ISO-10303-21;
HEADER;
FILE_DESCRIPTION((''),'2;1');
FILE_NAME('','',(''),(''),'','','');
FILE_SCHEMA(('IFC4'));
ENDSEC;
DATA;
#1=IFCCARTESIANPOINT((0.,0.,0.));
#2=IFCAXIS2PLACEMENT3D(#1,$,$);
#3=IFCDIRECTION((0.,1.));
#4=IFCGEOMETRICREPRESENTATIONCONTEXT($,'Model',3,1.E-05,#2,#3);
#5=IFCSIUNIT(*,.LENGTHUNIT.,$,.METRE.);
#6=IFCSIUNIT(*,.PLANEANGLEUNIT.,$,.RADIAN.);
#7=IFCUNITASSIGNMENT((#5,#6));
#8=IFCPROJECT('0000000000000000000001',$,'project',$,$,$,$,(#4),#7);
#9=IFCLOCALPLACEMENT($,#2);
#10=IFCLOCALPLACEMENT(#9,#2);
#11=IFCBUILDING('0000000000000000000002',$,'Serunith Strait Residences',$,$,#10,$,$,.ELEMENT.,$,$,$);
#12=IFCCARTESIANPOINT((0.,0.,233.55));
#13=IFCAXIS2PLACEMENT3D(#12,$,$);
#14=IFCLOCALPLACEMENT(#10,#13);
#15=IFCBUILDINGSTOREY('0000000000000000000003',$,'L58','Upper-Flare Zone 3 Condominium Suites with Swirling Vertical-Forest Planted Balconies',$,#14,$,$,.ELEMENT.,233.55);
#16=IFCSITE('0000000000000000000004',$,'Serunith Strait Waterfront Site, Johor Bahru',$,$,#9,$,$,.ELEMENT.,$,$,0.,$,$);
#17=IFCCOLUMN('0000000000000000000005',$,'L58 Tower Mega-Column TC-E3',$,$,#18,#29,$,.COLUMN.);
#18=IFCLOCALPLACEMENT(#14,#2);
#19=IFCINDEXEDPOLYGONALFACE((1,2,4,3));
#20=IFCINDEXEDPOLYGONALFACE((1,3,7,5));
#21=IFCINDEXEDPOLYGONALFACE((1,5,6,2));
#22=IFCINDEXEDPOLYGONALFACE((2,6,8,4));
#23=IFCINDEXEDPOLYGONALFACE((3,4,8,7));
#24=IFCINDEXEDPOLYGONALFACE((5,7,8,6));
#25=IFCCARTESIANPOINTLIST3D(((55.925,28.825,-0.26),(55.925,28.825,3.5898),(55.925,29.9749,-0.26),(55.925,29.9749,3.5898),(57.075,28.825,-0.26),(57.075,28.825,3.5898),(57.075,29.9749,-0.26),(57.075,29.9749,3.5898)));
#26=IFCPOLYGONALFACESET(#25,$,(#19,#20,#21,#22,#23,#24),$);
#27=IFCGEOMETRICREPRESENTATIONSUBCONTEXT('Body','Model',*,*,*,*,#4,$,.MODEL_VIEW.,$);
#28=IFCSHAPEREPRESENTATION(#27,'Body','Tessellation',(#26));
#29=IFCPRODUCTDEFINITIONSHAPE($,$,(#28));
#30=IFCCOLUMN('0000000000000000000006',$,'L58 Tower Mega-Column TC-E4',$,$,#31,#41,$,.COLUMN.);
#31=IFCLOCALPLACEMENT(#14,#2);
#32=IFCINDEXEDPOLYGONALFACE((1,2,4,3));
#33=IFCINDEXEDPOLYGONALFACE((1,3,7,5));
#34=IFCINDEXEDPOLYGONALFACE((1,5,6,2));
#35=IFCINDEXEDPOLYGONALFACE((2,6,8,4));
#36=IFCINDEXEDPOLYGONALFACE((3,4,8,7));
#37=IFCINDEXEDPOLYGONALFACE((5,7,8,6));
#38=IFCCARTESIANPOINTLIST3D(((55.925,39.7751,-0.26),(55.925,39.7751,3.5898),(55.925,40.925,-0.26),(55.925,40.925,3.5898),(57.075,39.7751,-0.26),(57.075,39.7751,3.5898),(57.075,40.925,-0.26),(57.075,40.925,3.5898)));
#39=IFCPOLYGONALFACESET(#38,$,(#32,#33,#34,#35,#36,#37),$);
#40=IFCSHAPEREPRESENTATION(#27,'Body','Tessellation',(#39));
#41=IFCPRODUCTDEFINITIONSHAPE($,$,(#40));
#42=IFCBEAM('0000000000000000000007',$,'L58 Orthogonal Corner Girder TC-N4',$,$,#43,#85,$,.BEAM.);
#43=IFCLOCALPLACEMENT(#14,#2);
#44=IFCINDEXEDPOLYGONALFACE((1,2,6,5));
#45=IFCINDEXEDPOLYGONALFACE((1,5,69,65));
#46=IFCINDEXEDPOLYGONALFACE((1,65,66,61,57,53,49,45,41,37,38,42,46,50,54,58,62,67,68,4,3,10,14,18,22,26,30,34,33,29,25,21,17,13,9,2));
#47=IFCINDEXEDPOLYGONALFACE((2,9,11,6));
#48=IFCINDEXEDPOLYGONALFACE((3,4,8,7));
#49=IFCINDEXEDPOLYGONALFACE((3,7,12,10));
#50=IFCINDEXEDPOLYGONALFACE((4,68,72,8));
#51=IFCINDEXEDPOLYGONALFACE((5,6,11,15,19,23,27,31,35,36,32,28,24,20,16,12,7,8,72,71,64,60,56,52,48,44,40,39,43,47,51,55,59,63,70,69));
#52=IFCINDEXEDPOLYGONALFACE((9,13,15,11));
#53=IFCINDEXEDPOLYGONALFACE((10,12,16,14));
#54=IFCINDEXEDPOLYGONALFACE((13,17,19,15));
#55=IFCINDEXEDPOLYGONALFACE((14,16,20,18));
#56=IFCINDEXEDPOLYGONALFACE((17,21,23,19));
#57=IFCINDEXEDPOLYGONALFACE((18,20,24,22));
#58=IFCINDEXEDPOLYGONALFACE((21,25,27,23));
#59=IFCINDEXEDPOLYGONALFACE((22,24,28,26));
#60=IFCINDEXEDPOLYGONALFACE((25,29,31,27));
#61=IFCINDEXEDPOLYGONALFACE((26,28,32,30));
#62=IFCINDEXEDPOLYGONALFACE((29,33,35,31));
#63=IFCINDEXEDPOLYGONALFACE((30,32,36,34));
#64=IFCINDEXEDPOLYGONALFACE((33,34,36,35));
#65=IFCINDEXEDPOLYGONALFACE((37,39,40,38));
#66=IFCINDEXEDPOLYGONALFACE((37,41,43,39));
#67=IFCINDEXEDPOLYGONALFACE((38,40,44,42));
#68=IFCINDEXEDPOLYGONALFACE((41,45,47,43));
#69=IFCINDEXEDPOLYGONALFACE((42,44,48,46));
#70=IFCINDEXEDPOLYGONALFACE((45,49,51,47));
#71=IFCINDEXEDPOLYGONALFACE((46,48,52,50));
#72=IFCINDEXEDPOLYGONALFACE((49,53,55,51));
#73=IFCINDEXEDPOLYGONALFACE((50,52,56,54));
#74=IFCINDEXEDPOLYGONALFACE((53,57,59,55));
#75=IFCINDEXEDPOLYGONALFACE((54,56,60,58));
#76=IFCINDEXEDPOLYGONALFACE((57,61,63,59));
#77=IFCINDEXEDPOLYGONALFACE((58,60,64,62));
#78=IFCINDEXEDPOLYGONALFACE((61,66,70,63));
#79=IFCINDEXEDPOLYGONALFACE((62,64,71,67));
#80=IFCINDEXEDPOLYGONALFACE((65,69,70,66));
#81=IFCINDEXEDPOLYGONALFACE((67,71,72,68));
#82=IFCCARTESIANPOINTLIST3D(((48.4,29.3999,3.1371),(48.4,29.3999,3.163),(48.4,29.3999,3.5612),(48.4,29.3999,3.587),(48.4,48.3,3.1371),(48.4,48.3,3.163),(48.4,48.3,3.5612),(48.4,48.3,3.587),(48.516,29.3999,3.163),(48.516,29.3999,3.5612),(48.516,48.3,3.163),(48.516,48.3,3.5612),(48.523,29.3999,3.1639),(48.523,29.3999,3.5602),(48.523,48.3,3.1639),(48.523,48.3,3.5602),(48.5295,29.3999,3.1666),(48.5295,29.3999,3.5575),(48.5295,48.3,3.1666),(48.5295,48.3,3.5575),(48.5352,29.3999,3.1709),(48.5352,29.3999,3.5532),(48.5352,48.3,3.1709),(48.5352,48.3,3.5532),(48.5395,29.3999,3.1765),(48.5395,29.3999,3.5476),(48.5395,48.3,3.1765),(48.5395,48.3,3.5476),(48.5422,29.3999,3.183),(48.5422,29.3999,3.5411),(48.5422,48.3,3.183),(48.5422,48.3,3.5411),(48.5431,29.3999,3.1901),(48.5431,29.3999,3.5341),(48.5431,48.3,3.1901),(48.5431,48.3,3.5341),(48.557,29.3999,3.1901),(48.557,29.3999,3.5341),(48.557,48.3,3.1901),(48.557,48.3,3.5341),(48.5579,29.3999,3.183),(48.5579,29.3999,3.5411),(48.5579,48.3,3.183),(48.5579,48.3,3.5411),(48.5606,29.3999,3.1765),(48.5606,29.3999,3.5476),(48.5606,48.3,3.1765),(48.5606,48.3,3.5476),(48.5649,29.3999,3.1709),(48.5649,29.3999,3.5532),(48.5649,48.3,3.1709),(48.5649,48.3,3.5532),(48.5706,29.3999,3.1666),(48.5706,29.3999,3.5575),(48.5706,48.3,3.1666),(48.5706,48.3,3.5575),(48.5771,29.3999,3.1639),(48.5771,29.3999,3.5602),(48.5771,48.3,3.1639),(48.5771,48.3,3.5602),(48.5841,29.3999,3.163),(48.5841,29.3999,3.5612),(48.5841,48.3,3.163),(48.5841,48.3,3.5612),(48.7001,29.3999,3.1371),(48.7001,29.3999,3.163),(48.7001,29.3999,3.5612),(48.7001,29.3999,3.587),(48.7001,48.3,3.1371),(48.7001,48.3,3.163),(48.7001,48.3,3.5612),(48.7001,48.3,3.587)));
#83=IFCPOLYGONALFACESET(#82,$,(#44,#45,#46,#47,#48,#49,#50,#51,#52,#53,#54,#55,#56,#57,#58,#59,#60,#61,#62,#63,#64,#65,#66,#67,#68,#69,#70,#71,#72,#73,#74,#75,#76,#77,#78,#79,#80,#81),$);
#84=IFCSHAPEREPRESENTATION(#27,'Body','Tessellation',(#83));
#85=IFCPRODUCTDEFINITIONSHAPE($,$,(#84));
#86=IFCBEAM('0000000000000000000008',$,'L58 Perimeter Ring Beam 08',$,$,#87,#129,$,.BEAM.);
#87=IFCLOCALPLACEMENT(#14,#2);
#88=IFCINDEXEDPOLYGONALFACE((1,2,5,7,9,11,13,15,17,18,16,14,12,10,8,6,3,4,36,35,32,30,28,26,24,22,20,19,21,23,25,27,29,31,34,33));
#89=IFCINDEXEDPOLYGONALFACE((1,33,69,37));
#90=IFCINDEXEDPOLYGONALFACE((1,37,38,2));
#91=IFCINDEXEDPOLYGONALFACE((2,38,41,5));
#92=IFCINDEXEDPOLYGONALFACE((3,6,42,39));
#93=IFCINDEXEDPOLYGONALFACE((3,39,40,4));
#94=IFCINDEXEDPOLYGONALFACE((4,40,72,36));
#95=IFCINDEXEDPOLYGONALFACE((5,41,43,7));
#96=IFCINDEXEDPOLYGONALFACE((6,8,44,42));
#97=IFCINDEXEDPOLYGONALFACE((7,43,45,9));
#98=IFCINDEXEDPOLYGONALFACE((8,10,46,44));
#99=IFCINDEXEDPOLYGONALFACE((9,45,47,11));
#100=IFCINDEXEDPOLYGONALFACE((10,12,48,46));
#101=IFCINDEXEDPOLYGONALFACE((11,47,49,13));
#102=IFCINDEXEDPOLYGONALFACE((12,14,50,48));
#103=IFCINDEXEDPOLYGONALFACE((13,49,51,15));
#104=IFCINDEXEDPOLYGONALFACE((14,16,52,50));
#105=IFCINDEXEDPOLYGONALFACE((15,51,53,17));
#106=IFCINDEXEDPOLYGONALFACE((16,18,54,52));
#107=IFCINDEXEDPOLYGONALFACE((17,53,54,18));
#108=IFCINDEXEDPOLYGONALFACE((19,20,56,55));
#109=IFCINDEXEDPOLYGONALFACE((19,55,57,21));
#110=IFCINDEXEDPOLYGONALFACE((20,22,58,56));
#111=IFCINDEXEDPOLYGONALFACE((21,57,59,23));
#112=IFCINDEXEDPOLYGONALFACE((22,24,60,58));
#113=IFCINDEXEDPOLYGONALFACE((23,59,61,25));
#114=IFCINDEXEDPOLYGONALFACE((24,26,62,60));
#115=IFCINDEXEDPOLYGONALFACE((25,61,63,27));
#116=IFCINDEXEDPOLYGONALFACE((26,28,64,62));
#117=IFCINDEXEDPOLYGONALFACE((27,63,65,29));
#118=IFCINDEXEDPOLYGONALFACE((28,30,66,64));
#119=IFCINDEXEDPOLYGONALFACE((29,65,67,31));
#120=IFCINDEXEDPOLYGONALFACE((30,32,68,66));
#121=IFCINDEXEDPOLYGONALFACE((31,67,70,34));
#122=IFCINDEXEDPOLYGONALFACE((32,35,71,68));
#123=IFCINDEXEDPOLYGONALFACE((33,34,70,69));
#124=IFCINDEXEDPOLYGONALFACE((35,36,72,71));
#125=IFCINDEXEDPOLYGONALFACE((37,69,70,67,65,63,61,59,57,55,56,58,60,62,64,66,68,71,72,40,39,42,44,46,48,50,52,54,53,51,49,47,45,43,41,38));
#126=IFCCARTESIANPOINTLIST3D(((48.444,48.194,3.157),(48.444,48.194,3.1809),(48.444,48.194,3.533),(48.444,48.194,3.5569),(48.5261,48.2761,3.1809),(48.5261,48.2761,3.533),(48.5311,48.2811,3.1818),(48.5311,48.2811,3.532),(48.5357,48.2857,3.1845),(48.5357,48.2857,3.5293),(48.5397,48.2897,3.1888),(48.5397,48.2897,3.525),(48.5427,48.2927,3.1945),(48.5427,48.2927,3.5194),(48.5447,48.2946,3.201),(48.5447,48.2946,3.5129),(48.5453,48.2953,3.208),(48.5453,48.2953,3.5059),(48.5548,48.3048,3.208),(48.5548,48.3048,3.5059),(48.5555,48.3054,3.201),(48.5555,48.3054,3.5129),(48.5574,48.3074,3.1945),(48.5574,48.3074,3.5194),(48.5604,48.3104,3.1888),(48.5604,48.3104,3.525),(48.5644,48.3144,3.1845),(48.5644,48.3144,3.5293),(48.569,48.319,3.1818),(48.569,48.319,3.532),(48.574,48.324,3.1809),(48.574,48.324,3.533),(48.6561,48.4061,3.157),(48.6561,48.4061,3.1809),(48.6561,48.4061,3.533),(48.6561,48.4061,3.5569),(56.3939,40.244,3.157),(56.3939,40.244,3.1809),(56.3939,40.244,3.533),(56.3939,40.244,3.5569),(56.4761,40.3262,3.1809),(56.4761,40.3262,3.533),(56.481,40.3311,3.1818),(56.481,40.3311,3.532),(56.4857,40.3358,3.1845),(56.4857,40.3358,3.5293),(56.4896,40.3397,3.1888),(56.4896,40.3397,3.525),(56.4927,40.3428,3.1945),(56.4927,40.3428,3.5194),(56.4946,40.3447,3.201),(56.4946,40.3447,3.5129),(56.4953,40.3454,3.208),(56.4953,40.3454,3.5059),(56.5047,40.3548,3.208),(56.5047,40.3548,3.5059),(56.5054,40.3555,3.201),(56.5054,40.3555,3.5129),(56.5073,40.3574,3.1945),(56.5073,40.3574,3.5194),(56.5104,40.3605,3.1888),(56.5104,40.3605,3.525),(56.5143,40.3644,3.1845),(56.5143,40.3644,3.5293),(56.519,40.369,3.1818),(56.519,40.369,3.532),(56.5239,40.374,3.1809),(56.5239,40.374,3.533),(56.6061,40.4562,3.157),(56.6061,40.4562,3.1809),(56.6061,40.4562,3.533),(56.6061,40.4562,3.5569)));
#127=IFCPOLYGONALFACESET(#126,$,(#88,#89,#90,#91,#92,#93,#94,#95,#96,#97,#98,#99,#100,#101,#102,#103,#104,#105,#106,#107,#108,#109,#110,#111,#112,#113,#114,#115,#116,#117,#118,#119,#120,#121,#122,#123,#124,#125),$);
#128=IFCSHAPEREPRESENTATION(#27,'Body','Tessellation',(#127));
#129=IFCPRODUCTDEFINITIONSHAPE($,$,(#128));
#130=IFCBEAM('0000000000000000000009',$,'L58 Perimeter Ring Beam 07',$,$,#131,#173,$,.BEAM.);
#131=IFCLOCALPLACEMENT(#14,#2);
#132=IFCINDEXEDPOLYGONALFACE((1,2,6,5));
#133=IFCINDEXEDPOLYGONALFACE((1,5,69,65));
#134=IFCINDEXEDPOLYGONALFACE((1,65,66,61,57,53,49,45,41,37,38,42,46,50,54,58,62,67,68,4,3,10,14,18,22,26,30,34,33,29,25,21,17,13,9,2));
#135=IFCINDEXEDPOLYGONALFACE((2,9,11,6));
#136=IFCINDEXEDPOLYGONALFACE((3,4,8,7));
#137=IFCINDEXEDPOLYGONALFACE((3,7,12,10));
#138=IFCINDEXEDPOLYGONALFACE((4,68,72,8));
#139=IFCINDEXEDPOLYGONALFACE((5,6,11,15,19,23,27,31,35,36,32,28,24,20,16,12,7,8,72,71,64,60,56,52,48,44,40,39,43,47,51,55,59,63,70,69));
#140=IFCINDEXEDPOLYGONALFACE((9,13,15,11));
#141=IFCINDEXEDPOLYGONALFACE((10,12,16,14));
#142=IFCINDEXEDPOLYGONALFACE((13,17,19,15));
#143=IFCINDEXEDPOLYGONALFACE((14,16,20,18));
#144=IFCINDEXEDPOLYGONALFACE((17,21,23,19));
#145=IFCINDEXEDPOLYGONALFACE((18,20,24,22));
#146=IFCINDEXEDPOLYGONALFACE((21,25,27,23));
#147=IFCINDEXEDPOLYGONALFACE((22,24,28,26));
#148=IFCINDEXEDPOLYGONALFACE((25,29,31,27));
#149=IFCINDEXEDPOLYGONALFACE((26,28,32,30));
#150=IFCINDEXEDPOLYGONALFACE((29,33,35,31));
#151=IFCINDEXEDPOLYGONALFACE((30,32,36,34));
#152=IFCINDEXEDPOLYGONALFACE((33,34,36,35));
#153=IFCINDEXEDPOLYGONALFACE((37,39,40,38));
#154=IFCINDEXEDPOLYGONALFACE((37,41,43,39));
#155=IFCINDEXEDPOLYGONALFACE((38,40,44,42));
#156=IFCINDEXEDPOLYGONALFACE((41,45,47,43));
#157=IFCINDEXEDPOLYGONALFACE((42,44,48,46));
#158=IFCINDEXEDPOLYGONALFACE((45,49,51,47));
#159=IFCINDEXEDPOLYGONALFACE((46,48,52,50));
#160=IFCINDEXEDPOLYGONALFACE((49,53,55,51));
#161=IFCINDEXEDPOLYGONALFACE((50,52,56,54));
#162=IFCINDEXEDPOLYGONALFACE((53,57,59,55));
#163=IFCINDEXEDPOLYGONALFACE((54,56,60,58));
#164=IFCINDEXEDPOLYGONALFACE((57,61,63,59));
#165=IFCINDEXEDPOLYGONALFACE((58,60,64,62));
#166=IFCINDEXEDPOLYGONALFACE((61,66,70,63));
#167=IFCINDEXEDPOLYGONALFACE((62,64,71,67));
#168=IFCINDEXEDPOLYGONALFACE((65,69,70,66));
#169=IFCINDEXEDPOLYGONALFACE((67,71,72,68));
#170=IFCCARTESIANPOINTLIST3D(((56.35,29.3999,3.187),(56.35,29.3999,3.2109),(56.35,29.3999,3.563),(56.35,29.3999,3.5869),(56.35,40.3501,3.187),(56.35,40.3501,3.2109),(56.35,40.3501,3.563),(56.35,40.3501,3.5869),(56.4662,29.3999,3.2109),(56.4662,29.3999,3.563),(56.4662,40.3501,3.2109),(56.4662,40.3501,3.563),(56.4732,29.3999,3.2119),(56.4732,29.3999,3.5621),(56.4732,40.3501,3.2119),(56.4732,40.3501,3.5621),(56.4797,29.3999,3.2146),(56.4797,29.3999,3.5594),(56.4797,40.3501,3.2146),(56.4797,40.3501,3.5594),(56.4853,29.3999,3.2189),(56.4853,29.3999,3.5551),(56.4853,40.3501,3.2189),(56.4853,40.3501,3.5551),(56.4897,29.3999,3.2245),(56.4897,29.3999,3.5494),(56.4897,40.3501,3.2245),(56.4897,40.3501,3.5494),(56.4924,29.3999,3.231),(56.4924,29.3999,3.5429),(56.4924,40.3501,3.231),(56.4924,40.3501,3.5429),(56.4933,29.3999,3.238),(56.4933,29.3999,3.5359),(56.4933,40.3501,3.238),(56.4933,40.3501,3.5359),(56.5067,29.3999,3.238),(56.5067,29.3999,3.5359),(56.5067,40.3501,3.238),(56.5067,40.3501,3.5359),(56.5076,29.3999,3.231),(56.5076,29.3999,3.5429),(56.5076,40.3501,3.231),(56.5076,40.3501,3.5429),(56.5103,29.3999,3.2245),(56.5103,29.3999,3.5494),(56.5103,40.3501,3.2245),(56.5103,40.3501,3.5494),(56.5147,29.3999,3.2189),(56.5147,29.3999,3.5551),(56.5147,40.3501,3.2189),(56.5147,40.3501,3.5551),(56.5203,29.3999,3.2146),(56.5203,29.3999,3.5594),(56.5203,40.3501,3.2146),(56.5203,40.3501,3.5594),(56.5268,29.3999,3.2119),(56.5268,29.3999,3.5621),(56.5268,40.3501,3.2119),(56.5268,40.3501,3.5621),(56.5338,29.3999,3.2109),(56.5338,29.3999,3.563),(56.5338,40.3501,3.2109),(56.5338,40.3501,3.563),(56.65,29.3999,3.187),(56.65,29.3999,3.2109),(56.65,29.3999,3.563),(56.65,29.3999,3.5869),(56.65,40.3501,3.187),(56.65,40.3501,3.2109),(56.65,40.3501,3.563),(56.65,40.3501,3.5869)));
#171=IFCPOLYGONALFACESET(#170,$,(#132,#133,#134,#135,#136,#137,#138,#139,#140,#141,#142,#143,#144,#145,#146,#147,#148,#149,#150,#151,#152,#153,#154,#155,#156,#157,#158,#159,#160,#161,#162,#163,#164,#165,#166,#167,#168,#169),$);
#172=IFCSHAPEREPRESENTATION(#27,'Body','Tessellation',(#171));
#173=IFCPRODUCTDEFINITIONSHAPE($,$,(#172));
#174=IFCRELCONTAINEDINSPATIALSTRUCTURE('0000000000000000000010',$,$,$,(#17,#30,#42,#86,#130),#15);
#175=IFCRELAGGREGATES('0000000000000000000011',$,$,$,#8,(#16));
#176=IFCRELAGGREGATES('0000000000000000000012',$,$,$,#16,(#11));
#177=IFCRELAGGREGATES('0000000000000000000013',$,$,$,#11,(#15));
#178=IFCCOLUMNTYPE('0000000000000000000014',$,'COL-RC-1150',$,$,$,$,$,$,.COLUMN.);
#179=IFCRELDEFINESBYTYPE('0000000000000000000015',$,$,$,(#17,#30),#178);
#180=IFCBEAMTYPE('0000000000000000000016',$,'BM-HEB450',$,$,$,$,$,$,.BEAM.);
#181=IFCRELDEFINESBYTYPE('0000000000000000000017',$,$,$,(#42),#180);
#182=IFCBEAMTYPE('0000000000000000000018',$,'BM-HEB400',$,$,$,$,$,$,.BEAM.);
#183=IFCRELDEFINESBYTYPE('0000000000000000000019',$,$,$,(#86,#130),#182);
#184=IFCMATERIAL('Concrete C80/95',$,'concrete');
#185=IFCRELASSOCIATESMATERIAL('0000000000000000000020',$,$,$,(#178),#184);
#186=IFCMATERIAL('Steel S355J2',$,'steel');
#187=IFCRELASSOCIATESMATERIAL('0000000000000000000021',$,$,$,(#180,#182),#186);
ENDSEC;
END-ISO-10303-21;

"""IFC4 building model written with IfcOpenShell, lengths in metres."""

from ifc_helpers import new_model, si_unit, direction, frame, origin, origin_2d, place, context, subcontext, project, spatial, rectangle, i_section, extrude, source, transform, mapped, material, material_profile, profile_set, type_object, element, save


model = new_model("IFC4")

# Units and contexts
model_context = context("Model", 3, precision=1e-05, world=origin(), true_north=direction((0.0, 1.0)))
body_context = subcontext(model_context, "Body", "Model", "MODEL_VIEW")
ifc_project = project(units=[si_unit("LENGTHUNIT", "METRE"), si_unit("PLANEANGLEUNIT", "RADIAN")], contexts=[model_context])

# Site, building, storey
site_placement = place(None, origin())
site = spatial("IfcSite", under=ifc_project, at=site_placement, Name="Serunith Strait Waterfront Site, Johor Bahru", CompositionType="ELEMENT", RefElevation=0.0)
building_placement = place(site_placement, origin())
building = spatial("IfcBuilding", under=site, at=building_placement, Name="Serunith Strait Residences", CompositionType="ELEMENT")
storey_placement = place(building_placement, frame((0.0, 0.0, 233.55)))
storey = spatial("IfcBuildingStorey", under=building, at=storey_placement, Name="L58", Description="Upper-Flare Zone 3 Condominium Suites with Swirling Vertical-Forest Planted Balconies", CompositionType="ELEMENT", Elevation=233.55)

# Columns
ifc_material_1 = material(Name="Concrete C80/95", Category="concrete")
ifc_material_profile_1 = material_profile(ifc_material_1, rectangle(XDim=1.1499, YDim=1.1499, at=origin_2d()), Name="RC 1150x1150")
ifc_profile_set_1 = profile_set([ifc_material_profile_1], Name="Concrete C80/95")
column_type = type_object("IfcColumnType", Name="COL-RC-1150", PredefinedType="COLUMN", material=ifc_profile_set_1)
shared_shape_1 = source(origin(), body_context, "Body", "SweptSolid", [
    extrude(rectangle(XDim=1.1499, YDim=1.1499, at=origin_2d()), origin(), (0.0, 0.0, 1.0), 3.8499),
])
for number, where, z_axis, x_axis, name in (
    (1, (56.5, 29.3999, -0.26), (0.0, 0.0, 1.0), (1.0, 0.0, 0.0), "L58 Tower Mega-Column TC-E3"),
    (2, (56.5, 40.3501, -0.26), (0.0, 0.0, 1.0), (1.0, 0.0, 0.0), "L58 Tower Mega-Column TC-E4"),
):
    element("IfcColumn", number, at=place(storey_placement, frame(where, z_axis=z_axis, x_axis=x_axis)), inside=storey, type_object=column_type, Name=name, PredefinedType="COLUMN", context=body_context, shape_type="MappedRepresentation", body=[
        mapped(shared_shape_1, transform((0.0, 0.0, 0.0), scale=1.0)),
    ])

# Beams
ifc_material_2 = material(Name="Steel S355J2", Category="steel")
ifc_material_profile_2 = material_profile(ifc_material_2, i_section(OverallWidth=0.3, OverallDepth=0.45, WebThickness=0.0139, FlangeThickness=0.0259, FilletRadius=0.0271, at=origin_2d()), Name="HEB 450")
ifc_profile_set_2 = profile_set([ifc_material_profile_2], Name="Steel S355J2")
beam_type_1 = type_object("IfcBeamType", Name="BM-HEB450", PredefinedType="BEAM", material=ifc_profile_set_2)
shared_shape_2 = source(origin(), body_context, "Body", "SweptSolid", [
    extrude(i_section(OverallWidth=0.3, OverallDepth=0.45, WebThickness=0.0139, FlangeThickness=0.0259, FilletRadius=0.0271, at=origin_2d()), origin(), (0.0, 0.0, 1.0), 18.9001),
])
beam_1_placement = place(storey_placement, frame((48.55, 29.3999, 3.3621), z_axis=(0.0, 1.0, 0.0), x_axis=(-1.0, 0.0, 0.0)))
element("IfcBeam", 3, at=beam_1_placement, inside=storey, type_object=beam_type_1, Name="L58 Orthogonal Corner Girder TC-N4", PredefinedType="BEAM", context=body_context, shape_type="MappedRepresentation", body=[
    mapped(shared_shape_2, transform((0.0, 0.0, 0.0), scale=1.0)),
])
ifc_material_profile_3 = material_profile(ifc_material_2, i_section(OverallWidth=0.3, OverallDepth=0.3999, WebThickness=0.0134, FlangeThickness=0.0239, FilletRadius=0.0271, at=origin_2d()), Name="HEB 400")
ifc_profile_set_3 = profile_set([ifc_material_profile_3], Name="Steel S355J2")
beam_type_2 = type_object("IfcBeamType", Name="BM-HEB400", PredefinedType="BEAM", material=ifc_profile_set_3)
shared_shape_3 = source(origin(), body_context, "Body", "SweptSolid", [
    extrude(i_section(OverallWidth=0.3, OverallDepth=0.3999, WebThickness=0.0134, FlangeThickness=0.0239, FilletRadius=0.0271, at=origin_2d()), origin(), (0.0, 0.0, 1.0), 11.2429),
])
beam_2_placement = place(storey_placement, frame((56.5, 40.3501, 3.3569), z_axis=(-0.707107, 0.707107, 0.0), x_axis=(-0.707107, -0.707107, 0.0)))
element("IfcBeam", 4, at=beam_2_placement, inside=storey, type_object=beam_type_2, Name="L58 Perimeter Ring Beam 08", PredefinedType="BEAM", context=body_context, shape_type="MappedRepresentation", body=[
    mapped(shared_shape_3, transform((0.0, 0.0, 0.0), scale=1.0)),
])
shared_shape_4 = source(origin(), body_context, "Body", "SweptSolid", [
    extrude(i_section(OverallWidth=0.3, OverallDepth=0.3999, WebThickness=0.0134, FlangeThickness=0.0239, FilletRadius=0.0271, at=origin_2d()), origin(), (0.0, 0.0, 1.0), 10.9502),
])
beam_3_placement = place(storey_placement, frame((56.5, 29.3999, 3.387), z_axis=(0.0, 1.0, 0.0), x_axis=(-1.0, 0.0, 0.0)))
element("IfcBeam", 5, at=beam_3_placement, inside=storey, type_object=beam_type_2, Name="L58 Perimeter Ring Beam 07", PredefinedType="BEAM", context=body_context, shape_type="MappedRepresentation", body=[
    mapped(shared_shape_4, transform((0.0, 0.0, 0.0), scale=1.0)),
])

save(model, "model.ifc")
